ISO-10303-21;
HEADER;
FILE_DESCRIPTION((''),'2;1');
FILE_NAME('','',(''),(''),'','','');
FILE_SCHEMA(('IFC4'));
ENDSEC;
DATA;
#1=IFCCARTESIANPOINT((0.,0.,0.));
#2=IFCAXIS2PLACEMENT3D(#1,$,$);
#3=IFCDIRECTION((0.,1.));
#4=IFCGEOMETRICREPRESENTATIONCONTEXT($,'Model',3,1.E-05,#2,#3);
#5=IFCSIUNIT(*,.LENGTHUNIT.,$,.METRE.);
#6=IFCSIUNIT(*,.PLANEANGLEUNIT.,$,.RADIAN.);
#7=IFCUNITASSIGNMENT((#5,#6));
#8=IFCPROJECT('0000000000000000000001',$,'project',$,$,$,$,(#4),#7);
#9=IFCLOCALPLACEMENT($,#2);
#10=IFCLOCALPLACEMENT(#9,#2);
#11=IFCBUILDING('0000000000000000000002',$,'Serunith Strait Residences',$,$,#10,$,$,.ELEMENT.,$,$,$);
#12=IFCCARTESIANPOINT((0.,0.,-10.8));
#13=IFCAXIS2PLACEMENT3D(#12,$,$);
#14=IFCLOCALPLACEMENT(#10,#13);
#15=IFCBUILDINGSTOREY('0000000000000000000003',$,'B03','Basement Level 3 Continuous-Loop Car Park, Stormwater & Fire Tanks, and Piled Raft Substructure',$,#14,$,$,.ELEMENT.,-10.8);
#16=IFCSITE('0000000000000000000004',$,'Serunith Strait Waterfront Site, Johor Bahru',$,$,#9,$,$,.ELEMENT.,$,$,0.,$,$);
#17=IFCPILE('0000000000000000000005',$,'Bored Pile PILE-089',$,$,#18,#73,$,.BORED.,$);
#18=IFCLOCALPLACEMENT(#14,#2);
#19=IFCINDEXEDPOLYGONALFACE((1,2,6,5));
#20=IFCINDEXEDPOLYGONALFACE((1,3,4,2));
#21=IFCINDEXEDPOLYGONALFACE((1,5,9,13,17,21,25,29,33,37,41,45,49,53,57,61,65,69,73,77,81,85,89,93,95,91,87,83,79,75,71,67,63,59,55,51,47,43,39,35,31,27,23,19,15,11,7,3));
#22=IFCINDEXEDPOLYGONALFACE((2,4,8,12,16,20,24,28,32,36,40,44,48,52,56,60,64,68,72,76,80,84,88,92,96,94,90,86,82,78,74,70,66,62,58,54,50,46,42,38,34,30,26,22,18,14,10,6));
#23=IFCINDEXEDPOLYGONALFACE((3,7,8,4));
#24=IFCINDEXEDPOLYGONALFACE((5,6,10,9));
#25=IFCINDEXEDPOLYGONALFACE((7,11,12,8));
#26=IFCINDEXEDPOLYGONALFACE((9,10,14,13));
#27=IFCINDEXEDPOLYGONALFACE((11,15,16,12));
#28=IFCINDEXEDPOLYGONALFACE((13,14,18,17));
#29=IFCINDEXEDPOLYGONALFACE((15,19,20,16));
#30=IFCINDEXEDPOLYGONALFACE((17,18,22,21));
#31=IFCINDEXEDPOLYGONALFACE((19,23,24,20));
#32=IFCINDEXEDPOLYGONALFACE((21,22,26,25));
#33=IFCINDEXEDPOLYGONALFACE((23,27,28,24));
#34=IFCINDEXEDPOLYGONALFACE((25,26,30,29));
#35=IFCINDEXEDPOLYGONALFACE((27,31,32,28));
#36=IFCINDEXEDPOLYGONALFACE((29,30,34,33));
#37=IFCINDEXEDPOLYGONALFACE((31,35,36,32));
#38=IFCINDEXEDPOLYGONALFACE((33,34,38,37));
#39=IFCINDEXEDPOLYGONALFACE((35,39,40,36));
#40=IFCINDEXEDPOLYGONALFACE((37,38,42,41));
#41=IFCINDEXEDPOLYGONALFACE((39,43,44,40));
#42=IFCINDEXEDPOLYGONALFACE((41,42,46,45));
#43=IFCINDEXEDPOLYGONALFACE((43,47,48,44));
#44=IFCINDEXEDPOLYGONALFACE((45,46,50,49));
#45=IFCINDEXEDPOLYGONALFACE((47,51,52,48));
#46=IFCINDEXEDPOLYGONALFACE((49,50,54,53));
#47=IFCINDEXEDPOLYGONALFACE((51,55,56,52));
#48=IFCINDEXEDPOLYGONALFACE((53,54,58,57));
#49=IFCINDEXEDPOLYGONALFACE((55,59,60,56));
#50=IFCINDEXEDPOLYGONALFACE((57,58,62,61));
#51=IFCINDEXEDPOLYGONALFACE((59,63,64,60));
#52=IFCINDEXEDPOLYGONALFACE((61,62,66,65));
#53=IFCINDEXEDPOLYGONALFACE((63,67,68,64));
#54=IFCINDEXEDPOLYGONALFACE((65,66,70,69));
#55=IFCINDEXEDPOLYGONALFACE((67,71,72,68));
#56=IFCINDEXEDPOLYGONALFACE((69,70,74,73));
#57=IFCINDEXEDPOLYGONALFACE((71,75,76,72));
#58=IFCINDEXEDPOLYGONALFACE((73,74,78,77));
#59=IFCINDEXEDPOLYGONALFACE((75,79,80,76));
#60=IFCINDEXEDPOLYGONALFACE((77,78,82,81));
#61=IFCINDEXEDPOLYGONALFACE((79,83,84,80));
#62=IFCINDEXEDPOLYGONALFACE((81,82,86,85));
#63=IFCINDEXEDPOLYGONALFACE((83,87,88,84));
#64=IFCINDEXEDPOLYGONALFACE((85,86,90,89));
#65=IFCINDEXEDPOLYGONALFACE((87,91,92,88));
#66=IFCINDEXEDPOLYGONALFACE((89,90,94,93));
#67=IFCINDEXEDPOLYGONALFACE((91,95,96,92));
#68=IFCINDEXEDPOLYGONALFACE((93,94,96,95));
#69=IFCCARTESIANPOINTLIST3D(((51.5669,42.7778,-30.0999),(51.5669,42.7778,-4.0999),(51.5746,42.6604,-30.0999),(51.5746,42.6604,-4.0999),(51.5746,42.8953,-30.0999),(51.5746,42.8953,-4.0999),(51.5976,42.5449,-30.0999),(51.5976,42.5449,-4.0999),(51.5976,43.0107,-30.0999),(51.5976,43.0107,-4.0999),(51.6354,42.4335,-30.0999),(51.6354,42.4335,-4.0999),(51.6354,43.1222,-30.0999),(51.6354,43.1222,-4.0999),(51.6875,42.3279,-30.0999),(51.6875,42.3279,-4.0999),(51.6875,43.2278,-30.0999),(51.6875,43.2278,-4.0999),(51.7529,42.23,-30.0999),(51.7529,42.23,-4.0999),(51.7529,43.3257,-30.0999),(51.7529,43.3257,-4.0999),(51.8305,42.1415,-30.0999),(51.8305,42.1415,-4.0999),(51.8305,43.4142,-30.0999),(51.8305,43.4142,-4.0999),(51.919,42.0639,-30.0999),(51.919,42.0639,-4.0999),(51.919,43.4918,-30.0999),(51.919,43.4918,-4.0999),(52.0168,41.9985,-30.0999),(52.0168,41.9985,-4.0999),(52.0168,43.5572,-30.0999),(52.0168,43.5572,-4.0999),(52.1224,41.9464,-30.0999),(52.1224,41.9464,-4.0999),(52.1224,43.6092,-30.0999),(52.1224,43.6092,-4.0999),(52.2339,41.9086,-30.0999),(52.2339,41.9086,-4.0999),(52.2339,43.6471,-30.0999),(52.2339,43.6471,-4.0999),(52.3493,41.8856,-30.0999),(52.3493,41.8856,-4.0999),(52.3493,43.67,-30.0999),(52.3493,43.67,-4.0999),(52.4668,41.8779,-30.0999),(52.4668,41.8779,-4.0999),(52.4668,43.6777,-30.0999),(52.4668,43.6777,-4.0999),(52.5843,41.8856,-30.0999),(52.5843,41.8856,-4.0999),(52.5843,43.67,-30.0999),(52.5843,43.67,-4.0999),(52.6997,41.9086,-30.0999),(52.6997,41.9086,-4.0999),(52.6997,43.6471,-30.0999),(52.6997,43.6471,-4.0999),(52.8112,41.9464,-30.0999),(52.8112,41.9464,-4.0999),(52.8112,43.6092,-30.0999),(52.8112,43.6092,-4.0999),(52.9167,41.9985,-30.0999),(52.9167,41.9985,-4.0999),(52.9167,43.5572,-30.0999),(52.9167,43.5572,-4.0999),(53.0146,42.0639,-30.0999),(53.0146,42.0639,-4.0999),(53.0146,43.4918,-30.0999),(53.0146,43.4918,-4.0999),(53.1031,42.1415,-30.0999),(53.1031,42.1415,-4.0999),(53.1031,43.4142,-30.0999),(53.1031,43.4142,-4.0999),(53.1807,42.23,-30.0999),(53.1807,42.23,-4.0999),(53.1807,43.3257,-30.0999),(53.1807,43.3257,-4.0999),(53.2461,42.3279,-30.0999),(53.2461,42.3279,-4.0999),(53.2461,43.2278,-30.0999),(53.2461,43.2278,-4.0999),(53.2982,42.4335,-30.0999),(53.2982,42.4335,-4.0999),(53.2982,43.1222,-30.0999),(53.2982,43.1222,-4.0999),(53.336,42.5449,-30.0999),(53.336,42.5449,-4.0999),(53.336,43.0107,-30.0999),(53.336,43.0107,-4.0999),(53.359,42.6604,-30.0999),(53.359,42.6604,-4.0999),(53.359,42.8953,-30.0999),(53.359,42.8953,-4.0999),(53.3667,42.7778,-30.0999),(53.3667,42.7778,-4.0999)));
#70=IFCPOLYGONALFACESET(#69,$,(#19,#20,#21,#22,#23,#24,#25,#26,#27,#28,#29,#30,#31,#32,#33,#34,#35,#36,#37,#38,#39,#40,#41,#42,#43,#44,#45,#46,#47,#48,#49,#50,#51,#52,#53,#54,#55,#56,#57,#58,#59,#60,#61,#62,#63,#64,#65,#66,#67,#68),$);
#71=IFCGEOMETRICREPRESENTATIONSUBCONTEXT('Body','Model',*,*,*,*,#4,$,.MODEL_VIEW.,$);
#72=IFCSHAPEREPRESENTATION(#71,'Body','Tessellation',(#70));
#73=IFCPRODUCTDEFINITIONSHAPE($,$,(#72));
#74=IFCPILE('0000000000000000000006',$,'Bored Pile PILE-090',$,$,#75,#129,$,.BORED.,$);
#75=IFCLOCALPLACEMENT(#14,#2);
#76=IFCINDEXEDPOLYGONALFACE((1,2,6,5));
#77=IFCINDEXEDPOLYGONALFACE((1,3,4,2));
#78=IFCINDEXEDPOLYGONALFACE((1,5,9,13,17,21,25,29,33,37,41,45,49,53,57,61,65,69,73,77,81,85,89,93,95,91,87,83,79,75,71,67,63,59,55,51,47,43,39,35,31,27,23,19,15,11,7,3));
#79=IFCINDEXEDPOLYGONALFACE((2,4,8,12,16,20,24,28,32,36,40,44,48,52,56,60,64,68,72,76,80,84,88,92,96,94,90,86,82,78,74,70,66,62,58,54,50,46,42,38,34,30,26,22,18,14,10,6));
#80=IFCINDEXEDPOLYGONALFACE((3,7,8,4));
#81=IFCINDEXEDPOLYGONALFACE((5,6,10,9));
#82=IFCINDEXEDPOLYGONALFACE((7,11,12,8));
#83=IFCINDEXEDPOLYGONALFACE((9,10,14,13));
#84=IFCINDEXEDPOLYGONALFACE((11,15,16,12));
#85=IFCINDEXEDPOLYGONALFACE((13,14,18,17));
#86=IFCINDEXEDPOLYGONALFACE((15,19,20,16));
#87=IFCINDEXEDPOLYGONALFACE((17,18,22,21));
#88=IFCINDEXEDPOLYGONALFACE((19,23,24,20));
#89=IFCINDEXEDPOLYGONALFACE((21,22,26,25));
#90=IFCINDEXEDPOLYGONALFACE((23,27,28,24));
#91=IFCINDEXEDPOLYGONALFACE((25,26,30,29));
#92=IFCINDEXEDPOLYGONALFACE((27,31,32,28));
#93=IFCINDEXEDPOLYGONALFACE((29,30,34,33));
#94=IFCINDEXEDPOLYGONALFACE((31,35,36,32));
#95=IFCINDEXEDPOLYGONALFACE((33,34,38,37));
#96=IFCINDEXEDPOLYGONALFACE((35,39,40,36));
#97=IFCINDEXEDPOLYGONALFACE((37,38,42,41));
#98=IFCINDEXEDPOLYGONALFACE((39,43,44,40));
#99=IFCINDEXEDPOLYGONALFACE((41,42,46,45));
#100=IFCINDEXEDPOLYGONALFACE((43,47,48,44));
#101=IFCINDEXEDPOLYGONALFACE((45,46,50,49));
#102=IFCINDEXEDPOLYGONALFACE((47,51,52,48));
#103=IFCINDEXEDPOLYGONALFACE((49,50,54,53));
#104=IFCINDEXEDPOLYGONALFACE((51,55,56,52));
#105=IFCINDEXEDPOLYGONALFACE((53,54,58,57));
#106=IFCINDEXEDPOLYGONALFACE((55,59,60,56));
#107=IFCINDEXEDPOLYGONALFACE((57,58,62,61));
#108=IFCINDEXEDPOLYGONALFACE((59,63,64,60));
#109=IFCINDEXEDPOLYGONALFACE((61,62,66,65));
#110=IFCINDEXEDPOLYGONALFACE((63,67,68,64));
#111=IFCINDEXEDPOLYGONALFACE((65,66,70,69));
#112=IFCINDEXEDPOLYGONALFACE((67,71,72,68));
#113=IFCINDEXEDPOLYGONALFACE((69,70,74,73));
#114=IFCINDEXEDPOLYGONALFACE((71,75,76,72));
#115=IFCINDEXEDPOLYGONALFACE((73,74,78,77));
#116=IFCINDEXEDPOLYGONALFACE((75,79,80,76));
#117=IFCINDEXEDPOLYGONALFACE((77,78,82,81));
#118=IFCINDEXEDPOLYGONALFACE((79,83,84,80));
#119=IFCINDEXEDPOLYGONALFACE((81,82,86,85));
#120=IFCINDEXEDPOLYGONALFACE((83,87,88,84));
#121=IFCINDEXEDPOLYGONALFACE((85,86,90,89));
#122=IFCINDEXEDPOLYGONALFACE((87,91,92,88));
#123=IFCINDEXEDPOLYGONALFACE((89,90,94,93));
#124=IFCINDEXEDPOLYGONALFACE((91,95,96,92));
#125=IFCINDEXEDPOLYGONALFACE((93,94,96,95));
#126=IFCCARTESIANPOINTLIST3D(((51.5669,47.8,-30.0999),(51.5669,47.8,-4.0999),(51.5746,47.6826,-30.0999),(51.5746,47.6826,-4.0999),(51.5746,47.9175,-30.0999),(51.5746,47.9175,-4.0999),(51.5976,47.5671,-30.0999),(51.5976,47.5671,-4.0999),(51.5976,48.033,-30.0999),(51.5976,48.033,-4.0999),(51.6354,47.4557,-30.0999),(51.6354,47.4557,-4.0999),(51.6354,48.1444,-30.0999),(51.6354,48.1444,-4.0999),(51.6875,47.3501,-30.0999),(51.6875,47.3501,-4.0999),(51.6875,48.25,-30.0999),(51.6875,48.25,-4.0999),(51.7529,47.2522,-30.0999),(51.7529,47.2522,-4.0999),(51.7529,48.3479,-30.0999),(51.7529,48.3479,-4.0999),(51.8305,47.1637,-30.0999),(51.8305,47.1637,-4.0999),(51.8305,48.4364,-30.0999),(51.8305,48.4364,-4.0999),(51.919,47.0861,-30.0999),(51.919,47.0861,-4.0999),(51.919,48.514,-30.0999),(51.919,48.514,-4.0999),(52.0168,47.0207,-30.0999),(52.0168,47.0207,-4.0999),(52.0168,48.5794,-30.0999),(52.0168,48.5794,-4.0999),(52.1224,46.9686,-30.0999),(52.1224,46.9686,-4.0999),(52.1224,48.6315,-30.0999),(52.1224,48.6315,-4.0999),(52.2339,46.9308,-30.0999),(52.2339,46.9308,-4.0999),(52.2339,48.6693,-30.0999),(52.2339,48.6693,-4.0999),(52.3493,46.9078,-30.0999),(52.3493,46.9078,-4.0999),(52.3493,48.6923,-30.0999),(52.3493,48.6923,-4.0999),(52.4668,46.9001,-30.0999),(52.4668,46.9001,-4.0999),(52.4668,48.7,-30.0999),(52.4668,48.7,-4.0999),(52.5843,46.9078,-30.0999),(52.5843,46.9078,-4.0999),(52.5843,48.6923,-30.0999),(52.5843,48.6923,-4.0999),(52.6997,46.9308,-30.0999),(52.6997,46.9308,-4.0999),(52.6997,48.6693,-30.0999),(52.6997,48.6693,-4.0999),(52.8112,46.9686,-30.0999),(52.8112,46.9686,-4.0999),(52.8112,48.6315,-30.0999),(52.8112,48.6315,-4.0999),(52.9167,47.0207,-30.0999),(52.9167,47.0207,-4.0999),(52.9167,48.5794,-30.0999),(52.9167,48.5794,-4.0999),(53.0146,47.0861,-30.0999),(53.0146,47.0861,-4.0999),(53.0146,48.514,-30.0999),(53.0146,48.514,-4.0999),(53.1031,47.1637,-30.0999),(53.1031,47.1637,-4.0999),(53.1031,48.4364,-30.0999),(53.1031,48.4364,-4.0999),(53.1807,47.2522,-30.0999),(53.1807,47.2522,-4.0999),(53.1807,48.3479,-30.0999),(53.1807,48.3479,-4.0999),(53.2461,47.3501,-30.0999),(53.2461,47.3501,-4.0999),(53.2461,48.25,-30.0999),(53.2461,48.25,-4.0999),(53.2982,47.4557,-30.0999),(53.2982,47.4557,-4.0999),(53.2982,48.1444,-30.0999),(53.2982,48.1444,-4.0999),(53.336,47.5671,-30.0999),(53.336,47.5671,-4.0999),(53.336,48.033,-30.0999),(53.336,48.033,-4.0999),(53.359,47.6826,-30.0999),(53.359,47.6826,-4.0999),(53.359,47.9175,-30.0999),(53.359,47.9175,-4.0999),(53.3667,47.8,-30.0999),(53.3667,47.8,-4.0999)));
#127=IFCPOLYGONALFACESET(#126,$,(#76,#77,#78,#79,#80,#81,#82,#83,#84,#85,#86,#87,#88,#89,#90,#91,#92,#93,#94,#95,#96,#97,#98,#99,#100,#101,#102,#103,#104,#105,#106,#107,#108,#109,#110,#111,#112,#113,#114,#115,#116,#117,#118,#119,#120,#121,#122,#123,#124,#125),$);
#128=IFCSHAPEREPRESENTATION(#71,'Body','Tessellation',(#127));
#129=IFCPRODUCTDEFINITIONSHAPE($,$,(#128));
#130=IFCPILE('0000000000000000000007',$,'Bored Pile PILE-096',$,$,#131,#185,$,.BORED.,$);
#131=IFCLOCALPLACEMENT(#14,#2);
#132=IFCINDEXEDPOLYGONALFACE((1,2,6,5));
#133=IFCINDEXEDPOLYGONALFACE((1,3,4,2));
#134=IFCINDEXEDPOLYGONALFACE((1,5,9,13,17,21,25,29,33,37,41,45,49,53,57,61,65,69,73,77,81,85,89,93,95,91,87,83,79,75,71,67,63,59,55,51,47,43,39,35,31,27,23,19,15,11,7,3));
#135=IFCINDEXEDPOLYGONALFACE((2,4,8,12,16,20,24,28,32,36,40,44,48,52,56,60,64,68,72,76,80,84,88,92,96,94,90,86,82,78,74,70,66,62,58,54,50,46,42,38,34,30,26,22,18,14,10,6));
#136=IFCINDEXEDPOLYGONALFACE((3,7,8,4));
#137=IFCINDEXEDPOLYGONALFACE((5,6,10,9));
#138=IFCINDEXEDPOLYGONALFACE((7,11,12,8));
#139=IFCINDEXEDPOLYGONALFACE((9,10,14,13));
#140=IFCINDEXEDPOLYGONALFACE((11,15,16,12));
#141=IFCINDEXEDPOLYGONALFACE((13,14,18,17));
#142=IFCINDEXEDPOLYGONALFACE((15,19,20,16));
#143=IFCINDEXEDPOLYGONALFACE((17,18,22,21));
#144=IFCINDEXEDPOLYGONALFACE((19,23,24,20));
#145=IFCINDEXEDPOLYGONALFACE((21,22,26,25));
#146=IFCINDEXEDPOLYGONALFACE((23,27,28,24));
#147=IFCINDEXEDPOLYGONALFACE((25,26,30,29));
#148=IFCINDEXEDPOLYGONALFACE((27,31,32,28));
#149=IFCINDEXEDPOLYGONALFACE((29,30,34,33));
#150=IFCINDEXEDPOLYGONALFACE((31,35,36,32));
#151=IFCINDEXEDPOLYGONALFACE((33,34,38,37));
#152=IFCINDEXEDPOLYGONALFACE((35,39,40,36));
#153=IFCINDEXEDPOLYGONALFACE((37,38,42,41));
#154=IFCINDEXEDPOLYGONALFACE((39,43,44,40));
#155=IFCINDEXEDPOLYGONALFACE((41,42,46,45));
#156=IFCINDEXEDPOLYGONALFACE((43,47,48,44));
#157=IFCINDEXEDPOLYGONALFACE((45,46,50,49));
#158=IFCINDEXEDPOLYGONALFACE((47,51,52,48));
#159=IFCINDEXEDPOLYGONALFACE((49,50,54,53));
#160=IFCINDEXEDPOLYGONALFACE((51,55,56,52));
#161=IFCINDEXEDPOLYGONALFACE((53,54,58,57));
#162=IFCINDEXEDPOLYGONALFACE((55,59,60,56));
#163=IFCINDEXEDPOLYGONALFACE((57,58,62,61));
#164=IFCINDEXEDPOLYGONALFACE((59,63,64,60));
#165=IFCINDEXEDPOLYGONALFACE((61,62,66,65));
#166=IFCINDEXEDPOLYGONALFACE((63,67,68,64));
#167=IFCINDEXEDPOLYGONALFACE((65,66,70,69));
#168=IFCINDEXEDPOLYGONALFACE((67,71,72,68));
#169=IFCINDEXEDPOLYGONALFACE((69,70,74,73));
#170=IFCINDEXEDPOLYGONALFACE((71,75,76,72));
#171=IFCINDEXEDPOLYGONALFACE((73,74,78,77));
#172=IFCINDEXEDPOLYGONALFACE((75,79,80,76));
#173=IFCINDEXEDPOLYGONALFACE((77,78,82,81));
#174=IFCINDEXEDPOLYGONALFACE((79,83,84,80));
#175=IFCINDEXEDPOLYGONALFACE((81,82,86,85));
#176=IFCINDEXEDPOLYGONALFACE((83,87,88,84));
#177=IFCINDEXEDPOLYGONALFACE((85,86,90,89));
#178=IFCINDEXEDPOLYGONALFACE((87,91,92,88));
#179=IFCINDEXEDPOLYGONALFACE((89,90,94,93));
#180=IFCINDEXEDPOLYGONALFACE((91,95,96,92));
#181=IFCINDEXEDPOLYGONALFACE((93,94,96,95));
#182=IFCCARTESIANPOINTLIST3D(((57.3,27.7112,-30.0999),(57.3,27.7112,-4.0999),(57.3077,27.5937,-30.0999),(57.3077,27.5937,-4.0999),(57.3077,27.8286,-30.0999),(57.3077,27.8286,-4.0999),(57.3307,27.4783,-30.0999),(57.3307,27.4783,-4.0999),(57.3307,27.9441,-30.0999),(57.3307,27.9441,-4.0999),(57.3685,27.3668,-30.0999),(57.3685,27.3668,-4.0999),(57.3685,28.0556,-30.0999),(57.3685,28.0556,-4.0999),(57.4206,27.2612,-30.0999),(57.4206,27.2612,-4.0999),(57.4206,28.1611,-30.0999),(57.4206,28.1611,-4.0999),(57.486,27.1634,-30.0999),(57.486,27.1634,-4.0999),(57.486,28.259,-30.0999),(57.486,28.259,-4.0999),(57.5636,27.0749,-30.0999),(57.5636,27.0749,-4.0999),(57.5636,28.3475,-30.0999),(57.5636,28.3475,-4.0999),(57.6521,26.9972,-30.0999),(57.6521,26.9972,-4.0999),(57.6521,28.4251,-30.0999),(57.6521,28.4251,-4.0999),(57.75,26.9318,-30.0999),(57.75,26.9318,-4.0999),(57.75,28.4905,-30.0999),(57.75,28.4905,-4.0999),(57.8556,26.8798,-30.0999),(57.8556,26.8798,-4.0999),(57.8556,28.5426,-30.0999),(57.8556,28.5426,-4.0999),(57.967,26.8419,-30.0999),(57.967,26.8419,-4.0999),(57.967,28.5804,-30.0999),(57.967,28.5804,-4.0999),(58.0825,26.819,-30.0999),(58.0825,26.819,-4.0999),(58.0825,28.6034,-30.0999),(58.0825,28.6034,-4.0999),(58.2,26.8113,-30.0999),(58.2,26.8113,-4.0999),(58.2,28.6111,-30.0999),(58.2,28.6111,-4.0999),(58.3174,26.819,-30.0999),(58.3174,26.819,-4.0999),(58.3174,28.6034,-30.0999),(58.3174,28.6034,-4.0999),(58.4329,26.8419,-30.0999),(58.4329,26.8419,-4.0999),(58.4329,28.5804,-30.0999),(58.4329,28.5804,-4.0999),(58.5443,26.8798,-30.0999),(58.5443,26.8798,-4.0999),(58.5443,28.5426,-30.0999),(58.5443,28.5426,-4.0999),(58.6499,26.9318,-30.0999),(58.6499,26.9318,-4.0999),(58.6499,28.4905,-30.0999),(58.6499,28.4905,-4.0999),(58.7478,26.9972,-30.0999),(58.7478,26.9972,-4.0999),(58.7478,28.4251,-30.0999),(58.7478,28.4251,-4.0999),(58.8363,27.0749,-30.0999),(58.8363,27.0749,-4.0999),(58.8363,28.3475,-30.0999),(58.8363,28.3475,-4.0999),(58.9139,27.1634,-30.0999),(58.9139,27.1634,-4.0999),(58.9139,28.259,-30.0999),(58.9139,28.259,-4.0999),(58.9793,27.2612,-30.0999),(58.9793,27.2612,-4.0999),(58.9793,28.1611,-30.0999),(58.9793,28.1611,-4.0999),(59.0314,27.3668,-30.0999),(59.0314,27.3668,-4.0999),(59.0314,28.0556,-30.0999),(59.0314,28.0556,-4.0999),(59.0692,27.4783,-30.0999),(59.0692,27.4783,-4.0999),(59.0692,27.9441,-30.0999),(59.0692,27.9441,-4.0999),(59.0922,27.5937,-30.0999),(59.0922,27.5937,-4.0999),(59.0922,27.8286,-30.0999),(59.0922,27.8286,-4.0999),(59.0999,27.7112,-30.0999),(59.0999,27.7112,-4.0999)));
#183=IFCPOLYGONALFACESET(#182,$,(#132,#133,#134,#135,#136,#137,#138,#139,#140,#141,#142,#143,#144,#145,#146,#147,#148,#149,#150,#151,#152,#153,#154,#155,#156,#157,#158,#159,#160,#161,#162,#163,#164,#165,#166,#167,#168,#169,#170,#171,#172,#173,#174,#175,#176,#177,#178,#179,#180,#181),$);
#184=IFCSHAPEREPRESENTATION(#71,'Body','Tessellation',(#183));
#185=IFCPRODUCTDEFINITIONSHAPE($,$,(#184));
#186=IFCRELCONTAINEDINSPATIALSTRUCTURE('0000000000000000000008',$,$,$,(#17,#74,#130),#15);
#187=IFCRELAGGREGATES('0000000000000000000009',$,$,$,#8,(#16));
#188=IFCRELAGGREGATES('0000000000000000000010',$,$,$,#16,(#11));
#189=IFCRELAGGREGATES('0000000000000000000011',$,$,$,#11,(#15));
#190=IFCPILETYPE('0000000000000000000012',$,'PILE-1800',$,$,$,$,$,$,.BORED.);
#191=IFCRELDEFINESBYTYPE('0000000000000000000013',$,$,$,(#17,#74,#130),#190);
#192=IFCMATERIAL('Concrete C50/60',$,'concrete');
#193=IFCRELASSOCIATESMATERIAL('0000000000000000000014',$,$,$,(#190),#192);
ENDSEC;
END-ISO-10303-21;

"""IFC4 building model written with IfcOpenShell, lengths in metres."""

from ifc_helpers import new_model, si_unit, direction, frame, origin, origin_2d, place, context, subcontext, project, spatial, circle, extrude, source, transform, mapped, material, material_profile, profile_set, type_object, element, save


model = new_model("IFC4")

# Units and contexts
model_context = context("Model", 3, precision=1e-05, world=origin(), true_north=direction((0.0, 1.0)))
body_context = subcontext(model_context, "Body", "Model", "MODEL_VIEW")
ifc_project = project(units=[si_unit("LENGTHUNIT", "METRE"), si_unit("PLANEANGLEUNIT", "RADIAN")], contexts=[model_context])

# Site, building, storey
site_placement = place(None, origin())
site = spatial("IfcSite", under=ifc_project, at=site_placement, Name="Serunith Strait Waterfront Site, Johor Bahru", CompositionType="ELEMENT", RefElevation=0.0)
building_placement = place(site_placement, origin())
building = spatial("IfcBuilding", under=site, at=building_placement, Name="Serunith Strait Residences", CompositionType="ELEMENT")
storey_placement = place(building_placement, frame((0.0, 0.0, -10.8)))
storey = spatial("IfcBuildingStorey", under=building, at=storey_placement, Name="B03", Description="Basement Level 3 Continuous-Loop Car Park, Stormwater & Fire Tanks, and Piled Raft Substructure", CompositionType="ELEMENT", Elevation=-10.8)

# Shared definitions
ifc_material_1 = material(Name="Concrete C50/60", Category="concrete")

# Piles
ifc_material_profile_1 = material_profile(ifc_material_1, circle(Radius=0.8999, at=origin_2d()), Name="PILE D1800")
ifc_profile_set_1 = profile_set([ifc_material_profile_1], Name="Concrete C50/60")
pile_type_1 = type_object("IfcPileType", Name="PILE-1800", PredefinedType="BORED", material=ifc_profile_set_1)
shared_shape_1 = source(origin(), body_context, "Body", "SweptSolid", [
    extrude(circle(Radius=0.8999, at=origin_2d()), origin(), (0.0, 0.0, 1.0), 26.0),
])
for number, where, z_axis, x_axis, name in (
    (1, (52.4668, 42.7778, -4.0999), (0.0, 0.0, -1.0), (1.0, 0.0, 0.0), "Bored Pile PILE-089"),
    (2, (52.4668, 47.8, -4.0999), (0.0, 0.0, -1.0), (1.0, 0.0, 0.0), "Bored Pile PILE-090"),
    (3, (58.2, 27.7112, -4.0999), (0.0, 0.0, -1.0), (1.0, 0.0, 0.0), "Bored Pile PILE-096"),
):
    element("IfcPile", number, at=place(storey_placement, frame(where, z_axis=z_axis, x_axis=x_axis)), inside=storey, type_object=pile_type_1, Name=name, PredefinedType="BORED", context=body_context, shape_type="MappedRepresentation", body=[
        mapped(shared_shape_1, transform((0.0, 0.0, 0.0), scale=1.0)),
    ])

save(model, "model.ifc")
